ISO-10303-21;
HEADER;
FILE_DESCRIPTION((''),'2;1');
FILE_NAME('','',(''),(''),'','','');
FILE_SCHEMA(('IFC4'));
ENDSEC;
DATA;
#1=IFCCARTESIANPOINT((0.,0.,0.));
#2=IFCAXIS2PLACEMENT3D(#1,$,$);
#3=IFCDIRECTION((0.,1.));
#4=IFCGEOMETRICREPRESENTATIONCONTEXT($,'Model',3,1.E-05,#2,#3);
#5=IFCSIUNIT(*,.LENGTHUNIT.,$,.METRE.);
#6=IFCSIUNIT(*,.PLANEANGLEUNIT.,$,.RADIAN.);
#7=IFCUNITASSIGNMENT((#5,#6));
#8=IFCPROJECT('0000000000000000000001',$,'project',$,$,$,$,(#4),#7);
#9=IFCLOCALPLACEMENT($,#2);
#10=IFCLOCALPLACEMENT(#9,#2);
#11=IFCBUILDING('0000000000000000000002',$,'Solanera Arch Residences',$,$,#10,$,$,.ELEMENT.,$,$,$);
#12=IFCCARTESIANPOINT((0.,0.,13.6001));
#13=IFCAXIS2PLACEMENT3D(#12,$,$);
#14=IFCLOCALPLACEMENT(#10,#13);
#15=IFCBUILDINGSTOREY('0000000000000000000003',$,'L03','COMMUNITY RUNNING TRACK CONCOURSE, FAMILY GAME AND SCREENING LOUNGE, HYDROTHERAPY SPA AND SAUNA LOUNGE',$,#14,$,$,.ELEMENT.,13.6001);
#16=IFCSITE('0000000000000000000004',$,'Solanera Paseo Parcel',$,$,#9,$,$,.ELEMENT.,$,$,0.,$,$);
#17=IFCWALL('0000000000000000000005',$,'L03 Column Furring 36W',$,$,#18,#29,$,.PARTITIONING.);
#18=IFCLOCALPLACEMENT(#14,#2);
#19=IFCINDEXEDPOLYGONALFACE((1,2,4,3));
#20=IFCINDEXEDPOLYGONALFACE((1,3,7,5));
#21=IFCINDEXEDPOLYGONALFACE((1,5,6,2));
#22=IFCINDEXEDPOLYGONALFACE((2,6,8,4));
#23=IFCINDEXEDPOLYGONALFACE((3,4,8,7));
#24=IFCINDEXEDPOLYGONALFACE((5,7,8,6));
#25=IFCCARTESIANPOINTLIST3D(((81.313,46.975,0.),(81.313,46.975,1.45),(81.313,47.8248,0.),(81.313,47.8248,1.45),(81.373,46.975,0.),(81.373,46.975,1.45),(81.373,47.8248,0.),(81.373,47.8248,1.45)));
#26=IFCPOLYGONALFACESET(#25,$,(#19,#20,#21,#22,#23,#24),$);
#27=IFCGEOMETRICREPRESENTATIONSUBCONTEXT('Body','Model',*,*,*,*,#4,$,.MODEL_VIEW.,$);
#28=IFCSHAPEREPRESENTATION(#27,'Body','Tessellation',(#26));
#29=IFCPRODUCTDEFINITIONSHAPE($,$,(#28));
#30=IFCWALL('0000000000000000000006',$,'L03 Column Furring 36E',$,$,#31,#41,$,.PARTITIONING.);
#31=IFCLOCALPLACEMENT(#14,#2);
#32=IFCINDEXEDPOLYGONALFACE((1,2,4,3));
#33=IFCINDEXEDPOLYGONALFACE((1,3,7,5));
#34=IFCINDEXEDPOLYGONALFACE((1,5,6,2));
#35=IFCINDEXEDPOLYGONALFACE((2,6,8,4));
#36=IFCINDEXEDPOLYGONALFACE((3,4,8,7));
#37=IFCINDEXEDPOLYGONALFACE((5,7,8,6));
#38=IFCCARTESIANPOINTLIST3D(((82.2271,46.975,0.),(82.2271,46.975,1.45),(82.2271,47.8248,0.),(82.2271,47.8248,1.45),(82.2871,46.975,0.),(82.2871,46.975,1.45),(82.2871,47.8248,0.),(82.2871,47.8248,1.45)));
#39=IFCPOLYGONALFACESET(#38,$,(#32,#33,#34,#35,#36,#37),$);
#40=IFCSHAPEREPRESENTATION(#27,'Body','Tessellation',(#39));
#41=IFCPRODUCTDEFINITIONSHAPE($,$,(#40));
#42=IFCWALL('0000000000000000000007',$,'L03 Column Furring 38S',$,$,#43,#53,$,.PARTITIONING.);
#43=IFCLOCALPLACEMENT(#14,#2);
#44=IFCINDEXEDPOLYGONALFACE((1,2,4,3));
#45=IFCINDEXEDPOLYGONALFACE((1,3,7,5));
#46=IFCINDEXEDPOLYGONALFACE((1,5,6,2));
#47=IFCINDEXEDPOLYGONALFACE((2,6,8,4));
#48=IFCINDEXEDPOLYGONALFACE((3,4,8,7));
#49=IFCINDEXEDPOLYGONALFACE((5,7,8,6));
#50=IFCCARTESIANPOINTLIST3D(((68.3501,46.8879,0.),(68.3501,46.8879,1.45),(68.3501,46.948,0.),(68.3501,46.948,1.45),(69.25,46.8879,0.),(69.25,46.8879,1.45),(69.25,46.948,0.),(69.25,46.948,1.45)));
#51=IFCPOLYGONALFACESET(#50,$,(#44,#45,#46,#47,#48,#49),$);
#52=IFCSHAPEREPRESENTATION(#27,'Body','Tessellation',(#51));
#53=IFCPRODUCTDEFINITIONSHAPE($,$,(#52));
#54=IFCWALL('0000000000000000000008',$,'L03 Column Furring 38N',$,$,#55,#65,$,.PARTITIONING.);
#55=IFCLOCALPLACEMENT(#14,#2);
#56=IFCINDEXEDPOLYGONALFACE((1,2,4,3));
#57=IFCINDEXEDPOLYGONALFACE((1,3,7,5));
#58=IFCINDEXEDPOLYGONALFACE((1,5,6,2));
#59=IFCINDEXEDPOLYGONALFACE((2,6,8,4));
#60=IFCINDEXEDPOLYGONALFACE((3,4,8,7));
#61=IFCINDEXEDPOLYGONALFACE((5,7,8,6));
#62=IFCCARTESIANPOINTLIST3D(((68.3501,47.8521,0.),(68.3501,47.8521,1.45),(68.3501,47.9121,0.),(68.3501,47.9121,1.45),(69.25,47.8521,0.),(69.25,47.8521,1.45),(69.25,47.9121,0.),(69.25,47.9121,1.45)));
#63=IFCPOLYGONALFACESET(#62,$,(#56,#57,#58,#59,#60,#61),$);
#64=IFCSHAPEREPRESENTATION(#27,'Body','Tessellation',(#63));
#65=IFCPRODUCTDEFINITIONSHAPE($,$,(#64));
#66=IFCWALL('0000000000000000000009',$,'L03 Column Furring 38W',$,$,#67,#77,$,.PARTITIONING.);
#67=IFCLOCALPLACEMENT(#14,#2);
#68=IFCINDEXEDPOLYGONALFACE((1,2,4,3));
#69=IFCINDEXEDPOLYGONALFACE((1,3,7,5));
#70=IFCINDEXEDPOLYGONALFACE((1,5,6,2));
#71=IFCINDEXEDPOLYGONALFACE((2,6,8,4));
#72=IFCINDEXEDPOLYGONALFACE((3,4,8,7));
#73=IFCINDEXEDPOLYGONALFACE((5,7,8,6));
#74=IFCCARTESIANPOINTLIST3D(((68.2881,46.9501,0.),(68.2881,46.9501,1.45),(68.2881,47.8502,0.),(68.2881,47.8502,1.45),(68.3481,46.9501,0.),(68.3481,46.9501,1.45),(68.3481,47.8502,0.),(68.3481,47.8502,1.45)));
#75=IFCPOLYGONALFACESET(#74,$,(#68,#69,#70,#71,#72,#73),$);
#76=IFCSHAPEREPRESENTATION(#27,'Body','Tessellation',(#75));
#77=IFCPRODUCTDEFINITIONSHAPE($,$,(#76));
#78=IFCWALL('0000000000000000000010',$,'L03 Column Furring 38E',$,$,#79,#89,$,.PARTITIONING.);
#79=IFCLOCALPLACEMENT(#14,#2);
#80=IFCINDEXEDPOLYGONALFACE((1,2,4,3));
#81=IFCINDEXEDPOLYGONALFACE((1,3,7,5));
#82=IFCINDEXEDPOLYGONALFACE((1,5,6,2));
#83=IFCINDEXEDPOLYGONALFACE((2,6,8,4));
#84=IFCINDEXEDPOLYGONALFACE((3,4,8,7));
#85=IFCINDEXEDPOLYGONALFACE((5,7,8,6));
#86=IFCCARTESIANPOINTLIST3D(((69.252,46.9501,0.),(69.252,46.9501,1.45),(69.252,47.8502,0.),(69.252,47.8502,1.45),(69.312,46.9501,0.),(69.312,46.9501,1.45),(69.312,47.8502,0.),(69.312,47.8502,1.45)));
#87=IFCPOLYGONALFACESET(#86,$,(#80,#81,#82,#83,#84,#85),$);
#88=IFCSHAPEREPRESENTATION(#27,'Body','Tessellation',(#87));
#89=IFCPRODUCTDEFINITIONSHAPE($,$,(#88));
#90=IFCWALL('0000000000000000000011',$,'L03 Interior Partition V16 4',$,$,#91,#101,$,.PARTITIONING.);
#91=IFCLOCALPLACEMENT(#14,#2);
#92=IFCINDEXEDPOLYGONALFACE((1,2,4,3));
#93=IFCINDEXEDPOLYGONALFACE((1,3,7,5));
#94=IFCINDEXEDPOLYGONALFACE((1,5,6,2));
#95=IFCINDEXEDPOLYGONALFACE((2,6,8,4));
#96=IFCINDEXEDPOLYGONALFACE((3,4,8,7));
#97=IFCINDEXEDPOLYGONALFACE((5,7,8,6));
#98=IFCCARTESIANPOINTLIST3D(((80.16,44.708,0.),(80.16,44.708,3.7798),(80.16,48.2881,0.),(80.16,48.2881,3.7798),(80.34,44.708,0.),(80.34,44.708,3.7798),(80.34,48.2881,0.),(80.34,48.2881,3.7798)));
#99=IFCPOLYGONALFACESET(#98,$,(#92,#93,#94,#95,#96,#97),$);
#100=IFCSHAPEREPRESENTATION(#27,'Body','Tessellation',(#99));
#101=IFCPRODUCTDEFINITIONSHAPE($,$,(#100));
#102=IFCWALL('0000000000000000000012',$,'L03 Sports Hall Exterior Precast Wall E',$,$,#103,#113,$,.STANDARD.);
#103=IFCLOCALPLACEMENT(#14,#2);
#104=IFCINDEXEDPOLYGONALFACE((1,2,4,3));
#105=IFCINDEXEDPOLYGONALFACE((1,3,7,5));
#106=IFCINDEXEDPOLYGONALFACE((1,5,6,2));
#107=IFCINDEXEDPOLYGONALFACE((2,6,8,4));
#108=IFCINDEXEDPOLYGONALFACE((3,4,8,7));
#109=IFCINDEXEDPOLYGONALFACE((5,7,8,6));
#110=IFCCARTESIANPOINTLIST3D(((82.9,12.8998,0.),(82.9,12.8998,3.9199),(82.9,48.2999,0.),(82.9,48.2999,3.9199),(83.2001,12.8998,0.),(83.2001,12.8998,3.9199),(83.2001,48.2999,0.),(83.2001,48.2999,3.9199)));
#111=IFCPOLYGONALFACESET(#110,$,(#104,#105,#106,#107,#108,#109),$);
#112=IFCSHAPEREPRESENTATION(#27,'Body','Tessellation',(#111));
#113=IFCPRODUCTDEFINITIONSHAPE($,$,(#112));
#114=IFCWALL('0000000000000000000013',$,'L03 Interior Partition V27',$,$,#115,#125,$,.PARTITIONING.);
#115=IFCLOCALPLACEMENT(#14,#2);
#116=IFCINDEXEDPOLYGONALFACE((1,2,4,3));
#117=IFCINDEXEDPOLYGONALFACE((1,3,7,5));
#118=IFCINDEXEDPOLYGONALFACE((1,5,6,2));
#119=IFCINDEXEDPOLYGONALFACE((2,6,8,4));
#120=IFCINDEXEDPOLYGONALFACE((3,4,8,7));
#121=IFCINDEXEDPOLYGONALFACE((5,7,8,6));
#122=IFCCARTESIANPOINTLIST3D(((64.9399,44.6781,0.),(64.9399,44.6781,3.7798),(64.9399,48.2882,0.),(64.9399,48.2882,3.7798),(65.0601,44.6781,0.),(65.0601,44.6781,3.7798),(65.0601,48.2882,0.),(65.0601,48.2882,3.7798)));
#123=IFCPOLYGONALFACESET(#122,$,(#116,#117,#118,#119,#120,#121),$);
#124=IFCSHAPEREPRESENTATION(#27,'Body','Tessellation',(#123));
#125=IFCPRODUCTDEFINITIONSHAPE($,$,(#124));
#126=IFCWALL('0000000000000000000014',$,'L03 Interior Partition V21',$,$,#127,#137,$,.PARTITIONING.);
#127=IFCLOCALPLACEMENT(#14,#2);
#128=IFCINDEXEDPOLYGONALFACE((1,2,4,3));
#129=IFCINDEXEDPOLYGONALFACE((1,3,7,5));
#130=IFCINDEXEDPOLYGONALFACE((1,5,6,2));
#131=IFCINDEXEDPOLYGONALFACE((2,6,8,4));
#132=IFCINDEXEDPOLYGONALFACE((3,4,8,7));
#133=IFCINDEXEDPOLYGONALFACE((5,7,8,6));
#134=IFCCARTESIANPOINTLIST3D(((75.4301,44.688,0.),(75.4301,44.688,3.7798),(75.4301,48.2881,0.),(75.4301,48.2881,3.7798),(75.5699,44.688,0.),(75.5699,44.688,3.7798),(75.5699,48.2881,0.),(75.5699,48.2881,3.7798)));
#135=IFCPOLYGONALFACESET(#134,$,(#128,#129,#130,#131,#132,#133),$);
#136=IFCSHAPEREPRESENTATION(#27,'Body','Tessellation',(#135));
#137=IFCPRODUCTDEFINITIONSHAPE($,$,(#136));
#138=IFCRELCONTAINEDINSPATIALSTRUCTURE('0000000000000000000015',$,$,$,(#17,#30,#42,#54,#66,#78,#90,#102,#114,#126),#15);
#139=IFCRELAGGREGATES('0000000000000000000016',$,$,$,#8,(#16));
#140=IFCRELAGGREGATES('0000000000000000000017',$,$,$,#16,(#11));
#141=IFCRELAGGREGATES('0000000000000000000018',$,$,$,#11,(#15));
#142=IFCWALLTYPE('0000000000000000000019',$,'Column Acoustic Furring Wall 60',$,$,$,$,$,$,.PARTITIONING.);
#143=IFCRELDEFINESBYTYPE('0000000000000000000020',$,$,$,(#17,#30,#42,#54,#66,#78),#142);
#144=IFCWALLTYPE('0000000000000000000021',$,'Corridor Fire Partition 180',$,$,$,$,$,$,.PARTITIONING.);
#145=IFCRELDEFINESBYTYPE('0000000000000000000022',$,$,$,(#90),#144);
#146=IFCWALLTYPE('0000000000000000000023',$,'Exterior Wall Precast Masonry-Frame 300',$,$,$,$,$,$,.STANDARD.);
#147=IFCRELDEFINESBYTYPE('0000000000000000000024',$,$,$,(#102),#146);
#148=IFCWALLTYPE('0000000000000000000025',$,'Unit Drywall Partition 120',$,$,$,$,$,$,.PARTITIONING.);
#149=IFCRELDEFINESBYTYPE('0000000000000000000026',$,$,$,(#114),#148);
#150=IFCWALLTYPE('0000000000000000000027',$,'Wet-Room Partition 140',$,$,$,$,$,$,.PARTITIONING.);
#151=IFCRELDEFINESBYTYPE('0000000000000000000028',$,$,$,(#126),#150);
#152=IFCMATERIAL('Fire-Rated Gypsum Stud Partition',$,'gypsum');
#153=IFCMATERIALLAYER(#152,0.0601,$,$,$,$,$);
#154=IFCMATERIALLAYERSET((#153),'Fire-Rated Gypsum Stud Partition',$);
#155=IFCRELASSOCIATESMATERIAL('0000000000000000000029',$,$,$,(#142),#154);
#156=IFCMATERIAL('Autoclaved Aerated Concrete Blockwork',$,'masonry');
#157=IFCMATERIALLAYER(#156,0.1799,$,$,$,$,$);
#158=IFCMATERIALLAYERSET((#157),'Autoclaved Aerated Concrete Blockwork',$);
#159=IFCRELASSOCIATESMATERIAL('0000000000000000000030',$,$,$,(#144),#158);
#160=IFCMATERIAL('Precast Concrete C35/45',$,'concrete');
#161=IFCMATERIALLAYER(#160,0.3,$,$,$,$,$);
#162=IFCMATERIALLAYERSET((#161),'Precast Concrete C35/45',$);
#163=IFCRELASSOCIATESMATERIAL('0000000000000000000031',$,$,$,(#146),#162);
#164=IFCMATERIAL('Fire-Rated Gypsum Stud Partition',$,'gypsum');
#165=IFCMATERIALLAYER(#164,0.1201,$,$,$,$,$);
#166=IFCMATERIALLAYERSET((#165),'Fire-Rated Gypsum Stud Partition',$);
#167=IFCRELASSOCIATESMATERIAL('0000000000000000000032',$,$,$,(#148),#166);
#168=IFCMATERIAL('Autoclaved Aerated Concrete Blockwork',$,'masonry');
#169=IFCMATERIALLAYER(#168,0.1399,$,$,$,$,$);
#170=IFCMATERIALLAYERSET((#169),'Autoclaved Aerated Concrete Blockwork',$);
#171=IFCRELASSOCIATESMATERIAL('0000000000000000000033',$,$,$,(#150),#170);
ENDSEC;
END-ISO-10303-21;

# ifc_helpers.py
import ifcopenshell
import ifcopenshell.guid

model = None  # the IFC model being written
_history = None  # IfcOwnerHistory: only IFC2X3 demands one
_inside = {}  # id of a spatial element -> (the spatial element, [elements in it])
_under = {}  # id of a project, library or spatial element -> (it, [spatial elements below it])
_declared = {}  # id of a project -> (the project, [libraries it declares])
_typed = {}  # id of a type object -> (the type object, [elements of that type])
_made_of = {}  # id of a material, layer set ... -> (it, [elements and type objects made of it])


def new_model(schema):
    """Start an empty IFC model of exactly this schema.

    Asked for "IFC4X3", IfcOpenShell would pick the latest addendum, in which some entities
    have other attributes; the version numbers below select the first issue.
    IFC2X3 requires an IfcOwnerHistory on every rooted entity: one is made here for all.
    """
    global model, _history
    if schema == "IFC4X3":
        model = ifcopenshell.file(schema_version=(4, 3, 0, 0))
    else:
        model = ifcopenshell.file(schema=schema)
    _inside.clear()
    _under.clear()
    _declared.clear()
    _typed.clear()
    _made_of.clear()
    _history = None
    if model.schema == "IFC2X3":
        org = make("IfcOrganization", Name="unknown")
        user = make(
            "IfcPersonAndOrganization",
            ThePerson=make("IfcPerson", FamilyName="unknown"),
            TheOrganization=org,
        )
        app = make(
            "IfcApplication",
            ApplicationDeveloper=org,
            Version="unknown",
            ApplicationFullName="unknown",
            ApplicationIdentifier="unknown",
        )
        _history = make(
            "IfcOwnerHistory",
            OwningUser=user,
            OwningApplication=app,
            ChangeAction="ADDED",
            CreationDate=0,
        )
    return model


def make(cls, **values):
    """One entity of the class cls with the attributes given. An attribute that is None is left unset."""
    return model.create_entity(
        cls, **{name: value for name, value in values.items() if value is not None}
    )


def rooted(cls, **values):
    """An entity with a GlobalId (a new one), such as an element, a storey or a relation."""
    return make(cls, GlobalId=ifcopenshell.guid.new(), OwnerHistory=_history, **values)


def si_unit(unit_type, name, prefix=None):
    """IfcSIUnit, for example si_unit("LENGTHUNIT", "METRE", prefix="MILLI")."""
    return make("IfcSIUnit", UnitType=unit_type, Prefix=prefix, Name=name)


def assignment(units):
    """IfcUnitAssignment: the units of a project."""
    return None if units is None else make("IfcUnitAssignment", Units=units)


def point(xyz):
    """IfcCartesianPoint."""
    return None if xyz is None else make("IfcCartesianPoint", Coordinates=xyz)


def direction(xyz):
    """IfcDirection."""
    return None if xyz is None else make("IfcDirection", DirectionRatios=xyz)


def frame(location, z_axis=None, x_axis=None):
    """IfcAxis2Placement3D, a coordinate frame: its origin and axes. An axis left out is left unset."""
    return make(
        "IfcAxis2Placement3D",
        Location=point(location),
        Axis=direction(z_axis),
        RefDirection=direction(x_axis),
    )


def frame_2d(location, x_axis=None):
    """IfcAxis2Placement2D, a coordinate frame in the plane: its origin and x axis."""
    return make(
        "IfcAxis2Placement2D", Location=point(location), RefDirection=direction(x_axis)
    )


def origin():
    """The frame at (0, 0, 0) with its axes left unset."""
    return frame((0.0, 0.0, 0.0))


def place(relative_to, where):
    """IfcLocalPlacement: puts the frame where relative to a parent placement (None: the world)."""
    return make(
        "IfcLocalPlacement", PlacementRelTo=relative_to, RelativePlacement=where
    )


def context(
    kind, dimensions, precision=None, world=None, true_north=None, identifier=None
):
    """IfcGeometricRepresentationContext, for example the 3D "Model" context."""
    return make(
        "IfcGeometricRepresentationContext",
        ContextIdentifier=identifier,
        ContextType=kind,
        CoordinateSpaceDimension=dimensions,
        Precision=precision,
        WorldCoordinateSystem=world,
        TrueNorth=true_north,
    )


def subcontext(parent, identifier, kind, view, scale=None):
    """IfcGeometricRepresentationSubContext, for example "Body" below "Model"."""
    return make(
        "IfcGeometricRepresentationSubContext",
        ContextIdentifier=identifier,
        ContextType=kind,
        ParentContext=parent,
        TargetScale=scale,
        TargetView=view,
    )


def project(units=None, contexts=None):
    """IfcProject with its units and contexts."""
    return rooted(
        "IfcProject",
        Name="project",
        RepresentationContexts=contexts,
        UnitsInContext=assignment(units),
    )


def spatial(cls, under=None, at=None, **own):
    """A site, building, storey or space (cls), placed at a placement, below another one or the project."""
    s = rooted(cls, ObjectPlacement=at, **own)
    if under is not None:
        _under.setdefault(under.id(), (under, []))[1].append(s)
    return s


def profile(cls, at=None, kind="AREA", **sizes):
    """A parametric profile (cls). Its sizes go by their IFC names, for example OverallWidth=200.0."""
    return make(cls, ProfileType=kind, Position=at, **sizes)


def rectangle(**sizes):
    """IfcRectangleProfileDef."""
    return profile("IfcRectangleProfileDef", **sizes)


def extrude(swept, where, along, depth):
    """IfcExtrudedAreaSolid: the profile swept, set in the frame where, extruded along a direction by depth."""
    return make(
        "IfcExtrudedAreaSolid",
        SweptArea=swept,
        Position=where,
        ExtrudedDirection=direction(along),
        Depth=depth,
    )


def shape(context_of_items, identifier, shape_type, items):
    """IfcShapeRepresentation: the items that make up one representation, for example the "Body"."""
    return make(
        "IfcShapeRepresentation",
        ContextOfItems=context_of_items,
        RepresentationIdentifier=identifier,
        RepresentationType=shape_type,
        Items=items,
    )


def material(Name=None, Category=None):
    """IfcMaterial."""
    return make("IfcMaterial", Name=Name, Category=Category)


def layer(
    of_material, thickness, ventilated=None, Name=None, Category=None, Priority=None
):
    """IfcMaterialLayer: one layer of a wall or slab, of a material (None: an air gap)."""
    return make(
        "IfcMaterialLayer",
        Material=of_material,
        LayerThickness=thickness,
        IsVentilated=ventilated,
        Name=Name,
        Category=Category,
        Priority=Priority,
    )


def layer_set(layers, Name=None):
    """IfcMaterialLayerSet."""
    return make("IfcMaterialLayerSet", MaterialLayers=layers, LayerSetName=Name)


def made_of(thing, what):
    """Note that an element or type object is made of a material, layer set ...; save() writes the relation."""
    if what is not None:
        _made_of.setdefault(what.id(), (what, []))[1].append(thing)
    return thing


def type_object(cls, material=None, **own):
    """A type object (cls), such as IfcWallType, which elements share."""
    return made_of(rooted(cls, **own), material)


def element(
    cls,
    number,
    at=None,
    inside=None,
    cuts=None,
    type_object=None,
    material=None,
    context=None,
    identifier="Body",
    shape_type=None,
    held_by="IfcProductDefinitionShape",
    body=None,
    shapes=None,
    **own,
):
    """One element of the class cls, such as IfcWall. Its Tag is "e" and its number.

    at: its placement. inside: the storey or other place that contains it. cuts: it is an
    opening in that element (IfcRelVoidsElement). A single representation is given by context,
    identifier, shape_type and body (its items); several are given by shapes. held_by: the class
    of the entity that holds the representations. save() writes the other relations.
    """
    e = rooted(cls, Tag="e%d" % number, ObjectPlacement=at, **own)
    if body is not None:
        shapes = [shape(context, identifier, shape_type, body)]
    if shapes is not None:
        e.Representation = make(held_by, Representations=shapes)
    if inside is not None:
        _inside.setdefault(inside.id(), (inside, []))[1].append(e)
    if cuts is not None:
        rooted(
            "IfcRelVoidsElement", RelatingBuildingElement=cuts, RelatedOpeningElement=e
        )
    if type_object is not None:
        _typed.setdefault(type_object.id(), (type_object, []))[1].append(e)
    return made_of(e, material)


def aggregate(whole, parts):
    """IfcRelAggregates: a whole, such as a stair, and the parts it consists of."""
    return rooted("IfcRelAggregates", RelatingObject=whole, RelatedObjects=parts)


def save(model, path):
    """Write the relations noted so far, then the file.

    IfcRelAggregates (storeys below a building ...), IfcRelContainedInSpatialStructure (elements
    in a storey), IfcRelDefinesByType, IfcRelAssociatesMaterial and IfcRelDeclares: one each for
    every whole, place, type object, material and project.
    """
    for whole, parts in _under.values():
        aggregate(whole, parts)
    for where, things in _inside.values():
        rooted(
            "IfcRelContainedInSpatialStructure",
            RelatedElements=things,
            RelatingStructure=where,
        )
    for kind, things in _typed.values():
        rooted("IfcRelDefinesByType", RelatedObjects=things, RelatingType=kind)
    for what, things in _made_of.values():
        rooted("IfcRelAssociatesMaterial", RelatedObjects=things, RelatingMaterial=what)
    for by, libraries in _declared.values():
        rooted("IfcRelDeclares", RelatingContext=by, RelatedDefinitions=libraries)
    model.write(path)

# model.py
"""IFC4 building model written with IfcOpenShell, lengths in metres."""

from ifc_helpers import new_model, si_unit, direction, frame, frame_2d, origin, place, context, subcontext, project, spatial, rectangle, extrude, material, layer, layer_set, type_object, element, save


model = new_model("IFC4")

# Units and contexts
model_context = context("Model", 3, precision=1e-05, world=origin(), true_north=direction((0.0, 1.0)))
body_context = subcontext(model_context, "Body", "Model", "MODEL_VIEW")
ifc_project = project(units=[si_unit("LENGTHUNIT", "METRE"), si_unit("PLANEANGLEUNIT", "RADIAN")], contexts=[model_context])

# Site, building, storey
site_placement = place(None, origin())
site = spatial("IfcSite", under=ifc_project, at=site_placement, Name="Solanera Paseo Parcel", CompositionType="ELEMENT", RefElevation=0.0)
building_placement = place(site_placement, origin())
building = spatial("IfcBuilding", under=site, at=building_placement, Name="Solanera Arch Residences", CompositionType="ELEMENT")
storey_placement = place(building_placement, frame((0.0, 0.0, 13.6001)))
storey = spatial("IfcBuildingStorey", under=building, at=storey_placement, Name="L03", Description="COMMUNITY RUNNING TRACK CONCOURSE, FAMILY GAME AND SCREENING LOUNGE, HYDROTHERAPY SPA AND SAUNA LOUNGE", CompositionType="ELEMENT", Elevation=13.6001)

# Walls
ifc_material_1 = material(Name="Fire-Rated Gypsum Stud Partition", Category="gypsum")
ifc_layer_1 = layer(ifc_material_1, 0.0601)
ifc_layer_set_1 = layer_set([ifc_layer_1], Name="Fire-Rated Gypsum Stud Partition")
wall_type_1 = type_object("IfcWallType", Name="Column Acoustic Furring Wall 60", PredefinedType="PARTITIONING", material=ifc_layer_set_1)
for number, where, z_axis, x_axis, name in (
    (1, (81.343, 46.9751, 0.0), (0.0, 0.0, 1.0), (0.0, 1.0, 0.0), "L03 Column Furring 36W"),
    (2, (82.2571, 46.9751, 0.0), (0.0, 0.0, 1.0), (0.0, 1.0, 0.0), "L03 Column Furring 36E"),
):
    element("IfcWall", number, at=place(storey_placement, frame(where, z_axis=z_axis, x_axis=x_axis)), inside=storey, type_object=wall_type_1, Name=name, PredefinedType="PARTITIONING", context=body_context, shape_type="SweptSolid", body=[
        extrude(rectangle(XDim=0.8499, YDim=0.0601, at=frame_2d((0.4248, 0.0))), origin(), (0.0, 0.0, 1.0), 1.45),
    ])
for number, where, z_axis, x_axis, name in (
    (3, (68.3501, 46.918, 0.0), (0.0, 0.0, 1.0), (1.0, 0.0, 0.0), "L03 Column Furring 38S"),
    (4, (68.3501, 47.8821, 0.0), (0.0, 0.0, 1.0), (1.0, 0.0, 0.0), "L03 Column Furring 38N"),
):
    element("IfcWall", number, at=place(storey_placement, frame(where, z_axis=z_axis, x_axis=x_axis)), inside=storey, type_object=wall_type_1, Name=name, PredefinedType="PARTITIONING", context=body_context, shape_type="SweptSolid", body=[
        extrude(rectangle(XDim=0.8999, YDim=0.0601, at=frame_2d((0.45, 0.0))), origin(), (0.0, 0.0, 1.0), 1.45),
    ])
for number, where, z_axis, x_axis, name in (
    (5, (68.3181, 46.95, 0.0), (0.0, 0.0, 1.0), (0.0, 1.0, 0.0), "L03 Column Furring 38W"),
    (6, (69.282, 46.95, 0.0), (0.0, 0.0, 1.0), (0.0, 1.0, 0.0), "L03 Column Furring 38E"),
):
    element("IfcWall", number, at=place(storey_placement, frame(where, z_axis=z_axis, x_axis=x_axis)), inside=storey, type_object=wall_type_1, Name=name, PredefinedType="PARTITIONING", context=body_context, shape_type="SweptSolid", body=[
        extrude(rectangle(XDim=0.9001, YDim=0.0601, at=frame_2d((0.4502, 0.0))), origin(), (0.0, 0.0, 1.0), 1.45),
    ])

# Shared definitions
ifc_material_2 = material(Name="Autoclaved Aerated Concrete Blockwork", Category="masonry")
ifc_layer_2 = layer(ifc_material_2, 0.1799)
ifc_layer_set_2 = layer_set([ifc_layer_2], Name="Autoclaved Aerated Concrete Blockwork")
wall_type_2 = type_object("IfcWallType", Name="Corridor Fire Partition 180", PredefinedType="PARTITIONING", material=ifc_layer_set_2)

# Walls
wall_1_placement = place(storey_placement, frame((80.25, 44.708, 0.0), z_axis=(0.0, 0.0, 1.0), x_axis=(0.0, 1.0, 0.0)))
element("IfcWall", 7, at=wall_1_placement, inside=storey, type_object=wall_type_2, Name="L03 Interior Partition V16 4", PredefinedType="PARTITIONING", context=body_context, shape_type="SweptSolid", body=[
    extrude(rectangle(XDim=3.5801, YDim=0.1799, at=frame_2d((1.79, 0.0))), origin(), (0.0, 0.0, 1.0), 3.7798),
])
ifc_material_3 = material(Name="Precast Concrete C35/45", Category="concrete")
ifc_layer_3 = layer(ifc_material_3, 0.3)
ifc_layer_set_3 = layer_set([ifc_layer_3], Name="Precast Concrete C35/45")
wall_type_3 = type_object("IfcWallType", Name="Exterior Wall Precast Masonry-Frame 300", PredefinedType="STANDARD", material=ifc_layer_set_3)
wall_2_placement = place(storey_placement, frame((83.05, 48.3, 0.0), z_axis=(0.0, 0.0, 1.0), x_axis=(0.0, -1.0, 0.0)))
element("IfcWall", 8, at=wall_2_placement, inside=storey, type_object=wall_type_3, Name="L03 Sports Hall Exterior Precast Wall E", PredefinedType="STANDARD", context=body_context, shape_type="SweptSolid", body=[
    extrude(rectangle(XDim=35.4001, YDim=0.3, at=frame_2d((17.7002, 0.0))), origin(), (0.0, 0.0, 1.0), 3.9199),
])
ifc_material_4 = material(Name="Fire-Rated Gypsum Stud Partition", Category="gypsum")
ifc_layer_4 = layer(ifc_material_4, 0.1201)
ifc_layer_set_4 = layer_set([ifc_layer_4], Name="Fire-Rated Gypsum Stud Partition")
wall_type_4 = type_object("IfcWallType", Name="Unit Drywall Partition 120", PredefinedType="PARTITIONING", material=ifc_layer_set_4)
wall_3_placement = place(storey_placement, frame((65.0, 44.678, 0.0), z_axis=(0.0, 0.0, 1.0), x_axis=(0.0, 1.0, 0.0)))
element("IfcWall", 9, at=wall_3_placement, inside=storey, type_object=wall_type_4, Name="L03 Interior Partition V27", PredefinedType="PARTITIONING", context=body_context, shape_type="SweptSolid", body=[
    extrude(rectangle(XDim=3.6101, YDim=0.1201, at=frame_2d((1.8052, 0.0))), origin(), (0.0, 0.0, 1.0), 3.7798),
])
ifc_material_5 = material(Name="Autoclaved Aerated Concrete Blockwork", Category="masonry")
ifc_layer_5 = layer(ifc_material_5, 0.1399)
ifc_layer_set_5 = layer_set([ifc_layer_5], Name="Autoclaved Aerated Concrete Blockwork")
wall_type_5 = type_object("IfcWallType", Name="Wet-Room Partition 140", PredefinedType="PARTITIONING", material=ifc_layer_set_5)
wall_4_placement = place(storey_placement, frame((75.5, 44.688, 0.0), z_axis=(0.0, 0.0, 1.0), x_axis=(0.0, 1.0, 0.0)))
element("IfcWall", 10, at=wall_4_placement, inside=storey, type_object=wall_type_5, Name="L03 Interior Partition V21", PredefinedType="PARTITIONING", context=body_context, shape_type="SweptSolid", body=[
    extrude(rectangle(XDim=3.6001, YDim=0.1399, at=frame_2d((1.8, 0.0))), origin(), (0.0, 0.0, 1.0), 3.7798),
])

save(model, "model.ifc")
